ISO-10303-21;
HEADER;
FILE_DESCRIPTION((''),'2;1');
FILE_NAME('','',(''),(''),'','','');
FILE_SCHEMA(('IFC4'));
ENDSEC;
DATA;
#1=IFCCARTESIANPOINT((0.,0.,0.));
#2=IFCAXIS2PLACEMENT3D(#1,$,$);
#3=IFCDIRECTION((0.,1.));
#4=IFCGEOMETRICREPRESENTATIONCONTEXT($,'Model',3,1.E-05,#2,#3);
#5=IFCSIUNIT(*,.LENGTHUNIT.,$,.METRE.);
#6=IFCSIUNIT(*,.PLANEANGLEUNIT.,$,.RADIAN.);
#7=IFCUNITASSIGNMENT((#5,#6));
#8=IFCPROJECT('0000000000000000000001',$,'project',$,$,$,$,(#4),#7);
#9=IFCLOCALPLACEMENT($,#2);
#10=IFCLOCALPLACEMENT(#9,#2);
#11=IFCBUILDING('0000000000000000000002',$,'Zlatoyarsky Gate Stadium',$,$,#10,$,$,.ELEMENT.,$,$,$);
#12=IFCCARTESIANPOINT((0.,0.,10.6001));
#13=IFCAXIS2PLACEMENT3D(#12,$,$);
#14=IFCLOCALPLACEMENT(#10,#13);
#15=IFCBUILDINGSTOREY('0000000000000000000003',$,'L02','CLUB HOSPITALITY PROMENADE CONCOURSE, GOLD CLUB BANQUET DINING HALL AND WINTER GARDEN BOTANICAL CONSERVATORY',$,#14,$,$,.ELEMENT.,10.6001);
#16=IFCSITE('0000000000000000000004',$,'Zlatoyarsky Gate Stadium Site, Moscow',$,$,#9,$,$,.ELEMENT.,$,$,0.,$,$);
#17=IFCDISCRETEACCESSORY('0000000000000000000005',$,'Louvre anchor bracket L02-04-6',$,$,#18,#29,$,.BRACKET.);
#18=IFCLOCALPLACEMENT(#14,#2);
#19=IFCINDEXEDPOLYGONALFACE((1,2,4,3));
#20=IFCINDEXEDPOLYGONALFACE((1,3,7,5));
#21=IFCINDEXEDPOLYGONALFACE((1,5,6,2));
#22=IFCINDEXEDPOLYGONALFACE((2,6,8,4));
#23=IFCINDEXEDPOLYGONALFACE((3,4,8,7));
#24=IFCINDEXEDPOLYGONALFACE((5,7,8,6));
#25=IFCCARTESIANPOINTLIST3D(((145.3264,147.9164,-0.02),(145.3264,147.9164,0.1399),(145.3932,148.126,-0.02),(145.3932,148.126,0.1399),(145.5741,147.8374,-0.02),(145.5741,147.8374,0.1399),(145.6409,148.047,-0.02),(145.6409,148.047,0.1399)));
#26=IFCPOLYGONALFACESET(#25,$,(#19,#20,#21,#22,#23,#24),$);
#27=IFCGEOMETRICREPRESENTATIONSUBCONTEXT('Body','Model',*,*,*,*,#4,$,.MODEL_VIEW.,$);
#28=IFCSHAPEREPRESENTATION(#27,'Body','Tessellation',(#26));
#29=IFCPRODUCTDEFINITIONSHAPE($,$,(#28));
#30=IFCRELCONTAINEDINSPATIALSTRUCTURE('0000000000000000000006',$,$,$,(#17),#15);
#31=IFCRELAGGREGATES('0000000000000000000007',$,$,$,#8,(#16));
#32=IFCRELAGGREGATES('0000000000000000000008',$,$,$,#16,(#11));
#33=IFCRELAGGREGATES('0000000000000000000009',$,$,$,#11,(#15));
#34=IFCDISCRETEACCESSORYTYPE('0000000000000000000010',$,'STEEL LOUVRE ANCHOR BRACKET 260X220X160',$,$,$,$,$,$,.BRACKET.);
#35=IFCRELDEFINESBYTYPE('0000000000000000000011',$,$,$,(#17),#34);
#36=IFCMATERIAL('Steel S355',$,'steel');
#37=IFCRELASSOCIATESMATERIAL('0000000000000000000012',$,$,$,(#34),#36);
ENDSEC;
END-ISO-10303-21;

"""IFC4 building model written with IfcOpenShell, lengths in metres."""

from ifc_helpers import new_model, si_unit, direction, frame, origin, origin_2d, place, context, subcontext, project, spatial, rectangle, extrude, material, type_object, element, save


model = new_model("IFC4")

# Units and contexts
model_context = context("Model", 3, precision=1e-05, world=origin(), true_north=direction((0.0, 1.0)))
body_context = subcontext(model_context, "Body", "Model", "MODEL_VIEW")
ifc_project = project(units=[si_unit("LENGTHUNIT", "METRE"), si_unit("PLANEANGLEUNIT", "RADIAN")], contexts=[model_context])

# Site, building, storey
site_placement = place(None, origin())
site = spatial("IfcSite", under=ifc_project, at=site_placement, Name="Zlatoyarsky Gate Stadium Site, Moscow", CompositionType="ELEMENT", RefElevation=0.0)
building_placement = place(site_placement, origin())
building = spatial("IfcBuilding", under=site, at=building_placement, Name="Zlatoyarsky Gate Stadium", CompositionType="ELEMENT")
storey_placement = place(building_placement, frame((0.0, 0.0, 10.6001)))
storey = spatial("IfcBuildingStorey", under=building, at=storey_placement, Name="L02", Description="CLUB HOSPITALITY PROMENADE CONCOURSE, GOLD CLUB BANQUET DINING HALL AND WINTER GARDEN BOTANICAL CONSERVATORY", CompositionType="ELEMENT", Elevation=10.6001)

# Shared definitions
ifc_material_1 = material(Name="Steel S355", Category="steel")

# Discrete accessory
discrete_accessory_type = type_object("IfcDiscreteAccessoryType", Name="STEEL LOUVRE ANCHOR BRACKET 260X220X160", PredefinedType="BRACKET", material=ifc_material_1)
for number, where, z_axis, x_axis, name in (
    (1, (145.4836, 147.9817, -0.02), (0.0, 0.0, 1.0), (-0.952731, 0.303815, 0.0), "Louvre anchor bracket L02-04-6"),
):
    element("IfcDiscreteAccessory", number, at=place(storey_placement, frame(where, z_axis=z_axis, x_axis=x_axis)), inside=storey, type_object=discrete_accessory_type, Name=name, PredefinedType="BRACKET", context=body_context, shape_type="SweptSolid", body=[
        extrude(rectangle(XDim=0.26, YDim=0.22, at=origin_2d()), origin(), (0.0, 0.0, 1.0), 0.1599),
    ])

save(model, "model.ifc")
